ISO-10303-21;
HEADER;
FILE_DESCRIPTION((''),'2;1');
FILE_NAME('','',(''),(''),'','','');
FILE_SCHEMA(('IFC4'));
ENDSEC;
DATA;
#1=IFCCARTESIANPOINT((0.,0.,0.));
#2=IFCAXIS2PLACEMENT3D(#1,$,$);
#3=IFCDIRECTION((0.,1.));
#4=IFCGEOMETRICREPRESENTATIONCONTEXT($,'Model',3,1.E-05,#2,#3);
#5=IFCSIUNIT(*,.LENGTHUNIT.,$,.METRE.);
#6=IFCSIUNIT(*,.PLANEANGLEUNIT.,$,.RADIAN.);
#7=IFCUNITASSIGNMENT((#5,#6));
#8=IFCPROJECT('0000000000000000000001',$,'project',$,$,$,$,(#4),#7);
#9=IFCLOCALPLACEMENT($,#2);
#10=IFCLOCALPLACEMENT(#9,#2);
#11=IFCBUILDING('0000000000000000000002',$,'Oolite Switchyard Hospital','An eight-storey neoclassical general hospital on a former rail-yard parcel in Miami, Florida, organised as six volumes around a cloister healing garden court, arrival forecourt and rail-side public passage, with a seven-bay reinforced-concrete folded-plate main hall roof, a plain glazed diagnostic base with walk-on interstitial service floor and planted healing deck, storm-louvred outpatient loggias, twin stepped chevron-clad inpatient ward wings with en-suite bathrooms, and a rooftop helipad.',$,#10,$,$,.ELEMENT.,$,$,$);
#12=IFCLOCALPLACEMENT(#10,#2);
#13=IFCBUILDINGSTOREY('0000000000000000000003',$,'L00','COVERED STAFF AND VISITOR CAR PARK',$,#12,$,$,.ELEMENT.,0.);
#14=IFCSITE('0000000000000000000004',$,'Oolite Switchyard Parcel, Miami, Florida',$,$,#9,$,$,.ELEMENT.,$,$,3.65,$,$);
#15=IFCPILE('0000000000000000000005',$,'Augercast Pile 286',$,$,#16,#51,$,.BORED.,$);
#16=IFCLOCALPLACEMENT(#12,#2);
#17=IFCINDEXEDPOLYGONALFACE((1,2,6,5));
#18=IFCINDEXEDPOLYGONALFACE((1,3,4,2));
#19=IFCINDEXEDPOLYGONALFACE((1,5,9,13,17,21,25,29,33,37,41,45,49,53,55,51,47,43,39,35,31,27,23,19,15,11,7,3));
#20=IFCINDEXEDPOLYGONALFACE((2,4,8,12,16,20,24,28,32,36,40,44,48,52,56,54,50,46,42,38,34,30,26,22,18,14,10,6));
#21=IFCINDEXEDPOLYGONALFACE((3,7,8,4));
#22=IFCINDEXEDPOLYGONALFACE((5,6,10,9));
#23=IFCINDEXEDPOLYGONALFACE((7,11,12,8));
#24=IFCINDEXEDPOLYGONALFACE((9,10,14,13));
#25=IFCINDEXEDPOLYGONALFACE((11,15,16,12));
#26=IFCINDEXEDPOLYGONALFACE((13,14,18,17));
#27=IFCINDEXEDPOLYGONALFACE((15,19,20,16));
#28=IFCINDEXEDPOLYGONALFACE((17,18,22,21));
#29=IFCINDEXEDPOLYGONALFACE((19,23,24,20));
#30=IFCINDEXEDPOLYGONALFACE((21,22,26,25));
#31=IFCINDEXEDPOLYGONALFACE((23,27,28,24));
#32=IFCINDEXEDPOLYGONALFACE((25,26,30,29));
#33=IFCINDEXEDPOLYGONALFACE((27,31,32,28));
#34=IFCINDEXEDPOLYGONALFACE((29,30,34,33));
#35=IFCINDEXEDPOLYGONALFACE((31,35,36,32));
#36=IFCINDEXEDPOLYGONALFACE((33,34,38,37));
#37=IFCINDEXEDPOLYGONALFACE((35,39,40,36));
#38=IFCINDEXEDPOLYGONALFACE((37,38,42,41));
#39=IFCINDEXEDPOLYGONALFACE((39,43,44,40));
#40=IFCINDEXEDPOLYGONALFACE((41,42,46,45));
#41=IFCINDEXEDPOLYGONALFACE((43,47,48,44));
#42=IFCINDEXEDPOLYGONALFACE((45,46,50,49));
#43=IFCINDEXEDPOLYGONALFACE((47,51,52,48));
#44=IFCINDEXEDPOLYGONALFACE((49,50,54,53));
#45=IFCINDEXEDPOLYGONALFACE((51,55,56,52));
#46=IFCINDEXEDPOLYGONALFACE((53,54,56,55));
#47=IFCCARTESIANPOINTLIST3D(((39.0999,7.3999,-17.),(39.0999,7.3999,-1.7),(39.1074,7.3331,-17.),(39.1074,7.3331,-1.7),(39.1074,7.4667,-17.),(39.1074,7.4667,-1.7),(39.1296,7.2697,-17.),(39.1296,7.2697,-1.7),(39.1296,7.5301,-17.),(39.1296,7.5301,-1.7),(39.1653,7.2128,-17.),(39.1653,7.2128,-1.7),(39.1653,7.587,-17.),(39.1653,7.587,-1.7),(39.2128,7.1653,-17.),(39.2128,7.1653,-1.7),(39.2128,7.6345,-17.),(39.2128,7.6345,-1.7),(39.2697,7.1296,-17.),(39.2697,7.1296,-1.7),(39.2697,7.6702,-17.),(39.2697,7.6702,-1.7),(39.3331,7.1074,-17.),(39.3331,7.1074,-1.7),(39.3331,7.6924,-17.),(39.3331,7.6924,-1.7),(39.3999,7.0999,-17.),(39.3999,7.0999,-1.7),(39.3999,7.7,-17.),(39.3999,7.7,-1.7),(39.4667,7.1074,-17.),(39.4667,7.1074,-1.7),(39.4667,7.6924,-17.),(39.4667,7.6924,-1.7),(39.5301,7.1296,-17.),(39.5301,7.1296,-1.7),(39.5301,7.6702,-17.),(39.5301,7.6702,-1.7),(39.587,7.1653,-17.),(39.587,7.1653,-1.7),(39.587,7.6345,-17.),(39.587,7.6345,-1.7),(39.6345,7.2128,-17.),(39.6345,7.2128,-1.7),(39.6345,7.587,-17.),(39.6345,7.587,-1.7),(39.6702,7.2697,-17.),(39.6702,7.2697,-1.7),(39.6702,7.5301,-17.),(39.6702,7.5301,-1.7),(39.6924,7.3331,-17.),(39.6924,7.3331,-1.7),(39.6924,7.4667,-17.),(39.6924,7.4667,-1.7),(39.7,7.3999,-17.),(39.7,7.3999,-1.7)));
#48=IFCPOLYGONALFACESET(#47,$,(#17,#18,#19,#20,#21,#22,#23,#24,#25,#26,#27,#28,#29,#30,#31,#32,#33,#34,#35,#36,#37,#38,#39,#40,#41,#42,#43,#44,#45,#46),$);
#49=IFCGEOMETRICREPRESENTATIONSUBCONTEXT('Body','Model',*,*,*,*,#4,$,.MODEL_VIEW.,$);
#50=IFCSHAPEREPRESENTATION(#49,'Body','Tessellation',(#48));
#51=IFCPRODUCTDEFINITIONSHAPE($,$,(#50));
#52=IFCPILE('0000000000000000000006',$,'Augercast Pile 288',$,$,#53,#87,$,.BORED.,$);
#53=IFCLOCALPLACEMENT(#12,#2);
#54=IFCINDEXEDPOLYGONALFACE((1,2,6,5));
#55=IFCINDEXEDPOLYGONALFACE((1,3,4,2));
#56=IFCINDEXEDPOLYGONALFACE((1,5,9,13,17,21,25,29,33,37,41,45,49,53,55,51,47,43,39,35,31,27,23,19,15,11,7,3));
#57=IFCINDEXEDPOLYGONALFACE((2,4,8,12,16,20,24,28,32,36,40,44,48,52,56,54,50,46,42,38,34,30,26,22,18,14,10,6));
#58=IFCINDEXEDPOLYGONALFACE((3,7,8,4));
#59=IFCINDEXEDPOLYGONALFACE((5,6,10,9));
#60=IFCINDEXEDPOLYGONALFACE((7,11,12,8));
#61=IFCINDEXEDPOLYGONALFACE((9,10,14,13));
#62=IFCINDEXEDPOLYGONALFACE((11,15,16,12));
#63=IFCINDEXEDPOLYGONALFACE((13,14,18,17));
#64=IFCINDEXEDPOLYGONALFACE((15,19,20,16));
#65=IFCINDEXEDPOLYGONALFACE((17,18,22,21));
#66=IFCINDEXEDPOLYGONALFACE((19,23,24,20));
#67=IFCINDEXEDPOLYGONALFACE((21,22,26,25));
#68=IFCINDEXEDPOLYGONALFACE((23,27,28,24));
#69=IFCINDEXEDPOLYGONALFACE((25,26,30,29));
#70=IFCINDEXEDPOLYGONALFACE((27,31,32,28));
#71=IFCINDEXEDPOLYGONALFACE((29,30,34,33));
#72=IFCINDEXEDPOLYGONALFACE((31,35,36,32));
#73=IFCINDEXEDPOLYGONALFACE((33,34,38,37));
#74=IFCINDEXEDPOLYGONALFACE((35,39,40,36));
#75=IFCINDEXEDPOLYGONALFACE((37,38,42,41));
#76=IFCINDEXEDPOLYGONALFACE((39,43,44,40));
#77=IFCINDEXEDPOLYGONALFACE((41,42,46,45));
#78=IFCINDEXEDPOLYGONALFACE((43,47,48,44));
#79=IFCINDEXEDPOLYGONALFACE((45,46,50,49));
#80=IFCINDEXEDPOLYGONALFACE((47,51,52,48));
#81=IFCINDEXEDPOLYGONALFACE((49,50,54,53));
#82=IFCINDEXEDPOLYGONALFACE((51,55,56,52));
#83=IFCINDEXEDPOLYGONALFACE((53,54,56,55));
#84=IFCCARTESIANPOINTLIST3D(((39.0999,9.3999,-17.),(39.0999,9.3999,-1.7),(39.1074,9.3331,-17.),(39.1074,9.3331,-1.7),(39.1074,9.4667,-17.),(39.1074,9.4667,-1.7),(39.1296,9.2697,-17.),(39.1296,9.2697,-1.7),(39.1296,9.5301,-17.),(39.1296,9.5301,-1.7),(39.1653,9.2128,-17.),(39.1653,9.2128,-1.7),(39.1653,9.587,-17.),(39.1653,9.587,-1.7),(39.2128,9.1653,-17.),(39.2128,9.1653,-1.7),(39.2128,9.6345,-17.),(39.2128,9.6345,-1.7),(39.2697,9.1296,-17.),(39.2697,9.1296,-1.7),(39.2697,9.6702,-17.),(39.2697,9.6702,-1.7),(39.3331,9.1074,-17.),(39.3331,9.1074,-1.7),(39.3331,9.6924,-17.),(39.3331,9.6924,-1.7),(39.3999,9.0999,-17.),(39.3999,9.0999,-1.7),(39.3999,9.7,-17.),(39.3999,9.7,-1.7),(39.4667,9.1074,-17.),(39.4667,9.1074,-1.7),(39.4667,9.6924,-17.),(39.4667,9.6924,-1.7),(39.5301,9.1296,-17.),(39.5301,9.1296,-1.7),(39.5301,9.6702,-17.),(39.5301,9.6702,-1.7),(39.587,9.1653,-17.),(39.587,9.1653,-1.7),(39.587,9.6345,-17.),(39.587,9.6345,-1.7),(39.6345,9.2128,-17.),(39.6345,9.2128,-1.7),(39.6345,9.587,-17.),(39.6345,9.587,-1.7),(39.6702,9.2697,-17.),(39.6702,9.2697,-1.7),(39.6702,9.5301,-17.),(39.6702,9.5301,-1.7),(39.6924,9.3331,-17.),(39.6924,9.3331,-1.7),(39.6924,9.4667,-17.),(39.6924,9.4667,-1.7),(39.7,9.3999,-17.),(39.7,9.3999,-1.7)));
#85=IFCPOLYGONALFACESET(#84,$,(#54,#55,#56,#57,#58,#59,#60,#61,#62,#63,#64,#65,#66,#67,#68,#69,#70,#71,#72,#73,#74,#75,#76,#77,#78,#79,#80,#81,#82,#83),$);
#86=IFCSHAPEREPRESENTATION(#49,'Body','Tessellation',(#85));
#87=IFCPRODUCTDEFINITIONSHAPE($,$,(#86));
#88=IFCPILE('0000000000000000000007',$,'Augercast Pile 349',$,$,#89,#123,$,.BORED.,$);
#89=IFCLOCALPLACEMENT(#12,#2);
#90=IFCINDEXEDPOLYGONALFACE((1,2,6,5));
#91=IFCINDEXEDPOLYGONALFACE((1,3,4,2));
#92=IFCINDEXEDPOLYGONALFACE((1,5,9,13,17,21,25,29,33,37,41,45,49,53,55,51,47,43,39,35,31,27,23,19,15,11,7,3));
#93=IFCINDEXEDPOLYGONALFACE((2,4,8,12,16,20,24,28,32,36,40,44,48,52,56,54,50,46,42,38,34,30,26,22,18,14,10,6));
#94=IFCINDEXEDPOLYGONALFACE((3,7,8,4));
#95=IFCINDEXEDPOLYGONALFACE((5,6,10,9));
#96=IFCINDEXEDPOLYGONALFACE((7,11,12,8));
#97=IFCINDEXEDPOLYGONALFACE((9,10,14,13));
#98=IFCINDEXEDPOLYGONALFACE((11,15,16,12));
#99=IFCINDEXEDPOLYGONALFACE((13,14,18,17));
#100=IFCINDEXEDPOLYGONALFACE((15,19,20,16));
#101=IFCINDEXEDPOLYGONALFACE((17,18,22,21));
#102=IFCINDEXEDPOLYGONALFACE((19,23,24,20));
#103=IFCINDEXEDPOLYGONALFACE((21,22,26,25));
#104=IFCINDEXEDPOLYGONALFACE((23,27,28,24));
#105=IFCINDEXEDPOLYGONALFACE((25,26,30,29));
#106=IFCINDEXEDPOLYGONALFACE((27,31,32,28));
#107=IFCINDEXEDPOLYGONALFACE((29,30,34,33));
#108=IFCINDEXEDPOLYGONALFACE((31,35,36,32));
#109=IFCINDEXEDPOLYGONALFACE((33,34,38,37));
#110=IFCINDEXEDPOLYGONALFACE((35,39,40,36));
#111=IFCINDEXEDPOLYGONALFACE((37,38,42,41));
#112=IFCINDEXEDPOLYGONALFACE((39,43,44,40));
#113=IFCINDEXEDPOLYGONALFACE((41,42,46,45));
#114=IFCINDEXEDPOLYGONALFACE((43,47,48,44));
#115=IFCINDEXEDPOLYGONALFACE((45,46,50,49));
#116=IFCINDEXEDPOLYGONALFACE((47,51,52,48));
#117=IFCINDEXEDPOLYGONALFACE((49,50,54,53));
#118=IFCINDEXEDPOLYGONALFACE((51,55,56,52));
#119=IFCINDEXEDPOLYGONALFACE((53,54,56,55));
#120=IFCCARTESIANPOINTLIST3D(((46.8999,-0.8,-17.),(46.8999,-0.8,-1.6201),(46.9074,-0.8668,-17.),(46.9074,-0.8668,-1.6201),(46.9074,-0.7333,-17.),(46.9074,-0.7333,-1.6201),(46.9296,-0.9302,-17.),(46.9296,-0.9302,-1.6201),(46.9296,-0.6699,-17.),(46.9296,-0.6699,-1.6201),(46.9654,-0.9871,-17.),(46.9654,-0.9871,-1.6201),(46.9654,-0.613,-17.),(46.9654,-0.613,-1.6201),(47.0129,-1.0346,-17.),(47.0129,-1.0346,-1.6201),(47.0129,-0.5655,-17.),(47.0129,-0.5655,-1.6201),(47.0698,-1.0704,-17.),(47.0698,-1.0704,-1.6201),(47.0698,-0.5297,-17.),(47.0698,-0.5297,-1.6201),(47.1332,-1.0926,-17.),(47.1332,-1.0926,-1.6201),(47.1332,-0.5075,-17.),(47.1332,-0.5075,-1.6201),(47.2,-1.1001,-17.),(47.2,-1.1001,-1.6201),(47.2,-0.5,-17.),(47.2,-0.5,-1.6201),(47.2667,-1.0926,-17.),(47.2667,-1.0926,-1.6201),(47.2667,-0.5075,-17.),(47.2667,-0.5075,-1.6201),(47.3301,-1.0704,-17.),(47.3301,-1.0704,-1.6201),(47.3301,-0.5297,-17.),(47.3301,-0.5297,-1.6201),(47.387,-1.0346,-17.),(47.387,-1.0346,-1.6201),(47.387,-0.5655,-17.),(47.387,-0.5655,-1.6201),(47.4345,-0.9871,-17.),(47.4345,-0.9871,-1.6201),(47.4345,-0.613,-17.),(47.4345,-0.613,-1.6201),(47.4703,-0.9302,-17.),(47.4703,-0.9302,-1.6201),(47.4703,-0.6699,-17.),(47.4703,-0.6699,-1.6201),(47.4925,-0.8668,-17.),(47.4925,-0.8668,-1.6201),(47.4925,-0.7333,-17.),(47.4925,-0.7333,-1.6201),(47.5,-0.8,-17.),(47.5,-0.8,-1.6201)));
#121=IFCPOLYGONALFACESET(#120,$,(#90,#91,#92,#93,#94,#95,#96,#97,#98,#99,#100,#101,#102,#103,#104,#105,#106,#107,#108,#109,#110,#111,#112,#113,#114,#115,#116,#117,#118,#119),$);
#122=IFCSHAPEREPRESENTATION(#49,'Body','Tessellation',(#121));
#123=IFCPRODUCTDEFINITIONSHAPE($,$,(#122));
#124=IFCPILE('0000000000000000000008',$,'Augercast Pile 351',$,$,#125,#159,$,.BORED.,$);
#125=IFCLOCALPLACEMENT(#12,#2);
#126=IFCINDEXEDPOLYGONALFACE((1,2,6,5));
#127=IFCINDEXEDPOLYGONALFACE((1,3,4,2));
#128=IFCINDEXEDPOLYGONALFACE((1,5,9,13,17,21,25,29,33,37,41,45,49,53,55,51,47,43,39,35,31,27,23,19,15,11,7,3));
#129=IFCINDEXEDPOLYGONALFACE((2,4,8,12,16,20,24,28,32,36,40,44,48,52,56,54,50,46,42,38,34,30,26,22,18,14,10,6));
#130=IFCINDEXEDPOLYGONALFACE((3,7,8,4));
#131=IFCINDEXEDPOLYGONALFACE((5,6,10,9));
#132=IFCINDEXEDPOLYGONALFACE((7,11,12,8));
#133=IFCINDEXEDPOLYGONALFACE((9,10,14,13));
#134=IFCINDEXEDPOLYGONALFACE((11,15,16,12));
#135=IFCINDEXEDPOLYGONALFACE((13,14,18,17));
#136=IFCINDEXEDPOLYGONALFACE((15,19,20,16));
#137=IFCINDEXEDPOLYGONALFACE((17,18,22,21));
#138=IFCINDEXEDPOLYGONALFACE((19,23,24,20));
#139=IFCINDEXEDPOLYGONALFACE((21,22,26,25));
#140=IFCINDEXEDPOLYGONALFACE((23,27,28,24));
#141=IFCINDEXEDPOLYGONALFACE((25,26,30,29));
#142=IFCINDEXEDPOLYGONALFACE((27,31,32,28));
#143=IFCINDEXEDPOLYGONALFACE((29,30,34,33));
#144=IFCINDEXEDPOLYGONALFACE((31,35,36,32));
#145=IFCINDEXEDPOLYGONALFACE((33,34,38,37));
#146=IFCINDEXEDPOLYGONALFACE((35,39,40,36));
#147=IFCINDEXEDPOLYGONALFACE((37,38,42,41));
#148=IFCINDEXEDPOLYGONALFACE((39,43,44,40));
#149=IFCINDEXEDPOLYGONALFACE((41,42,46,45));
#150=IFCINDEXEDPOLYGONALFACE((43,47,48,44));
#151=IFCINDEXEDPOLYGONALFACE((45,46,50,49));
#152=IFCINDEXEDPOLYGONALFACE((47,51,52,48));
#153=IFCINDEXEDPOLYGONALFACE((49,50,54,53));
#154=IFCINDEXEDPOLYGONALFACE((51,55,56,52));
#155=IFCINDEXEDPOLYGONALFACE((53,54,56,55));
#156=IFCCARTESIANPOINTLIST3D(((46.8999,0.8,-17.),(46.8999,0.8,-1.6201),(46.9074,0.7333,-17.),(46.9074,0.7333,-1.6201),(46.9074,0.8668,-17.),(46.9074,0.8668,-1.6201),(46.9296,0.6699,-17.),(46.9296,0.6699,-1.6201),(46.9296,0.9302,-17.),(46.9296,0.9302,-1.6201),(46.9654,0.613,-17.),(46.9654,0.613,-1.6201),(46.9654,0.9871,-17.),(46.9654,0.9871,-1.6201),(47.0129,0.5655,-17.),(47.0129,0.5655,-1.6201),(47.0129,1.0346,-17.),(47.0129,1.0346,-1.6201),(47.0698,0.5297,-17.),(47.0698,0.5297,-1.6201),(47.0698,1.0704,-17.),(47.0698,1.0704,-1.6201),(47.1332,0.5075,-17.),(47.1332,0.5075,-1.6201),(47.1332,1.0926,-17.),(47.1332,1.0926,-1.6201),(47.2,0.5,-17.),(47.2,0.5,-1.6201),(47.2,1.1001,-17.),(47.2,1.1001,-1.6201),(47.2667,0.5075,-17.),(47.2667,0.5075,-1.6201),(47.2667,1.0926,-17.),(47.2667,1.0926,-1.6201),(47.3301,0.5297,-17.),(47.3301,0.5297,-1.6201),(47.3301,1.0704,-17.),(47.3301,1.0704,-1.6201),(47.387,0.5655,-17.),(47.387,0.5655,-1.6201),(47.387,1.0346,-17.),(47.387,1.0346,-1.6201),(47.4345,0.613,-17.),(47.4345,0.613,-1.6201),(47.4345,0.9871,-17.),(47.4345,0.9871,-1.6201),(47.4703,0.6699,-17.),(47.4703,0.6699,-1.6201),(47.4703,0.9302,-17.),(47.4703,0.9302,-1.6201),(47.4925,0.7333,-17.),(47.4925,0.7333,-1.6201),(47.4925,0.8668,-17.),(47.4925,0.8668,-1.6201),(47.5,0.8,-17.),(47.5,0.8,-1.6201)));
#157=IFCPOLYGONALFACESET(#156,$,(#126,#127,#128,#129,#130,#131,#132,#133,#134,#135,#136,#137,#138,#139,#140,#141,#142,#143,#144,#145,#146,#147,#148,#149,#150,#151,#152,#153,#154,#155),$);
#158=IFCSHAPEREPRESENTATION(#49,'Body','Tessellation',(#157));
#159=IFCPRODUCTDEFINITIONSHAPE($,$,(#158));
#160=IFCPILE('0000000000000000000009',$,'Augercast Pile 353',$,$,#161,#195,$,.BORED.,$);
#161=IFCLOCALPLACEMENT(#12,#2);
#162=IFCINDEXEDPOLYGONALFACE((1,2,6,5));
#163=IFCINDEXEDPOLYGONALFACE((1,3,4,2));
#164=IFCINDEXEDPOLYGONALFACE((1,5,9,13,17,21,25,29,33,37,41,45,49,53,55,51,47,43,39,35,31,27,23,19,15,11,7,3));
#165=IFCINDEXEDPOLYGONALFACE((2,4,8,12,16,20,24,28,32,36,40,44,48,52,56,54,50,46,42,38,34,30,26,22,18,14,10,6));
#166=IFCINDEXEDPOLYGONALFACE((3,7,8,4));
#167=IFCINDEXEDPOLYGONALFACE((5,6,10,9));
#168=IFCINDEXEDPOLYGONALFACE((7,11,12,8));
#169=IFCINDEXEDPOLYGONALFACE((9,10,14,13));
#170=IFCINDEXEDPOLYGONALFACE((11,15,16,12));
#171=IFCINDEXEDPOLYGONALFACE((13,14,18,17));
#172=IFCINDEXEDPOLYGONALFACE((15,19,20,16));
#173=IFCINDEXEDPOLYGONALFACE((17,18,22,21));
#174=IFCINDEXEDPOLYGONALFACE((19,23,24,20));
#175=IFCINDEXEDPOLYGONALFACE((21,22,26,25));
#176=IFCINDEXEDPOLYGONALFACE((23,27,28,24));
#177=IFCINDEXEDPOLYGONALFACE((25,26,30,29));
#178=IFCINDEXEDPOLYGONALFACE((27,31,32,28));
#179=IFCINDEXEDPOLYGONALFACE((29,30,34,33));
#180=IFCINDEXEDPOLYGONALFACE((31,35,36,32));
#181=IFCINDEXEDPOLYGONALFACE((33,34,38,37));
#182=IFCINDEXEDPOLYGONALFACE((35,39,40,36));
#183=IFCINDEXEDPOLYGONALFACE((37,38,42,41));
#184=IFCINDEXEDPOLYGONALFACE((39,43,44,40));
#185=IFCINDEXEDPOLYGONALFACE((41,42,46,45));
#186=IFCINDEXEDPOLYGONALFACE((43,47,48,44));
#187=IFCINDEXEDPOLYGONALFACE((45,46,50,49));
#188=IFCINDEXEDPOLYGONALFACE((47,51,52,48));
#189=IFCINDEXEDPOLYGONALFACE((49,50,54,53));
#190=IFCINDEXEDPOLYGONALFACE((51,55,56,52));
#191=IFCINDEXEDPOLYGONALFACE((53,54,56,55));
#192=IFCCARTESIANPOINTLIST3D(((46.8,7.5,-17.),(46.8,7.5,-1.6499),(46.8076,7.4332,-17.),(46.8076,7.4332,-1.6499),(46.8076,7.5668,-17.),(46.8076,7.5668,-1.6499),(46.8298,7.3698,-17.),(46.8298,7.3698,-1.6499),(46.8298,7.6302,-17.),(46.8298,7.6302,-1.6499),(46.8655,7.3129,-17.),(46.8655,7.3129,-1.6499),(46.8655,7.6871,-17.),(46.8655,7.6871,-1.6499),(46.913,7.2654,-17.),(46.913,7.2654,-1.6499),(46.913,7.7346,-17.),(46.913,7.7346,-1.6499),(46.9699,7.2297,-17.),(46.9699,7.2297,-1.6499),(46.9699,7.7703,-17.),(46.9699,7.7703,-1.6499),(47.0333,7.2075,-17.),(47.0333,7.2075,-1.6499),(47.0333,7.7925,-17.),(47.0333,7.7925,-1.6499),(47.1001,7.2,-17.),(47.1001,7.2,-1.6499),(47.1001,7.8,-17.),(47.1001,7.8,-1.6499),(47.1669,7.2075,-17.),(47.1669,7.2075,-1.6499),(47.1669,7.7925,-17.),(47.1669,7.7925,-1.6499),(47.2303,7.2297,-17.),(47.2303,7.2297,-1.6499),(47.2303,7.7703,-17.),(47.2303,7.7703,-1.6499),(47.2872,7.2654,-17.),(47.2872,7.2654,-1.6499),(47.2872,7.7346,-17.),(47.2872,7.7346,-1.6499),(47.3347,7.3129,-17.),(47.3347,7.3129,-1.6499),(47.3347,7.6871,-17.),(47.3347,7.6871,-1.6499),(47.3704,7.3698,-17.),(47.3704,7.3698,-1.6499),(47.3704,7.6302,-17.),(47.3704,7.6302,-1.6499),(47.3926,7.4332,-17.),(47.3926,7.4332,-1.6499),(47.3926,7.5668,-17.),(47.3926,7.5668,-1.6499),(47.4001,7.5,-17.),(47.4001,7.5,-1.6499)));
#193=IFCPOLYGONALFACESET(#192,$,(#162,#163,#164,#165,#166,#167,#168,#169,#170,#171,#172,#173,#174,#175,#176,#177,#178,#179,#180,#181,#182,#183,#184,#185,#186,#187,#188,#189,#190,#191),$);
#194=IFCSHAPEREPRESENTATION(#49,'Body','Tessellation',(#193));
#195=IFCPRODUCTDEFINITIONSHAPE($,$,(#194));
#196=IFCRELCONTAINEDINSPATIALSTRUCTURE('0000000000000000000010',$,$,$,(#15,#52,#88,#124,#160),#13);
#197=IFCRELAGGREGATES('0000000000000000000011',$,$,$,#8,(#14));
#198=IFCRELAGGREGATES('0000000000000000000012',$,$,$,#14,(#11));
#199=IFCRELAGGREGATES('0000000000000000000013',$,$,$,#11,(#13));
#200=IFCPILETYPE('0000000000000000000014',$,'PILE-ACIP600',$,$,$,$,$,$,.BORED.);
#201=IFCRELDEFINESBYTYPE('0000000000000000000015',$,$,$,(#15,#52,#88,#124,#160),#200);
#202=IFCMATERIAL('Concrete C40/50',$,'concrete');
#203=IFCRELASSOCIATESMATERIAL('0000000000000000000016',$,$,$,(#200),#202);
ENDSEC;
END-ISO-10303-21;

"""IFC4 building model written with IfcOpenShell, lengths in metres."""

from ifc_helpers import new_model, si_unit, direction, frame, origin, origin_2d, place, context, subcontext, project, spatial, circle, extrude, material, material_profile, profile_set, type_object, element, save


model = new_model("IFC4")

# Units and contexts
model_context = context("Model", 3, precision=1e-05, world=origin(), true_north=direction((0.0, 1.0)))
body_context = subcontext(model_context, "Body", "Model", "MODEL_VIEW")
ifc_project = project(units=[si_unit("LENGTHUNIT", "METRE"), si_unit("PLANEANGLEUNIT", "RADIAN")], contexts=[model_context])

# Site, building, storey
site_placement = place(None, origin())
site = spatial("IfcSite", under=ifc_project, at=site_placement, Name="Oolite Switchyard Parcel, Miami, Florida", CompositionType="ELEMENT", RefElevation=3.65)
building_placement = place(site_placement, origin())
building = spatial("IfcBuilding", under=site, at=building_placement, Name="Oolite Switchyard Hospital", Description="An eight-storey neoclassical general hospital on a former rail-yard parcel in Miami, Florida, organised as six volumes around a cloister healing garden court, arrival forecourt and rail-side public passage, with a seven-bay reinforced-concrete folded-plate main hall roof, a plain glazed diagnostic base with walk-on interstitial service floor and planted healing deck, storm-louvred outpatient loggias, twin stepped chevron-clad inpatient ward wings with en-suite bathrooms, and a rooftop helipad.", CompositionType="ELEMENT")
storey_placement = place(building_placement, origin())
storey = spatial("IfcBuildingStorey", under=building, at=storey_placement, Name="L00", Description="COVERED STAFF AND VISITOR CAR PARK", CompositionType="ELEMENT", Elevation=0.0)

# Shared definitions
ifc_material_1 = material(Name="Concrete C40/50", Category="concrete")

# Piles
ifc_material_profile_1 = material_profile(ifc_material_1, circle(Radius=0.3, at=origin_2d()), Name="PILE600")
ifc_profile_set_1 = profile_set([ifc_material_profile_1], Name="Concrete C40/50")
pile_type = type_object("IfcPileType", Name="PILE-ACIP600", PredefinedType="BORED", material=ifc_profile_set_1)
for number, where, z_axis, x_axis, name in (
    (1, (39.3999, 7.3999, -1.7), (0.0, 0.0, -1.0), (1.0, 0.0, 0.0), "Augercast Pile 286"),
    (2, (39.3999, 9.3999, -1.7), (0.0, 0.0, -1.0), (1.0, 0.0, 0.0), "Augercast Pile 288"),
):
    element("IfcPile", number, at=place(storey_placement, frame(where, z_axis=z_axis, x_axis=x_axis)), inside=storey, type_object=pile_type, Name=name, PredefinedType="BORED", context=body_context, shape_type="SweptSolid", body=[
        extrude(circle(Radius=0.3, at=origin_2d()), origin(), (0.0, 0.0, 1.0), 15.3),
    ])
for number, where, z_axis, x_axis, name in (
    (3, (47.2, -0.8, -1.6201), (0.0, 0.0, -1.0), (1.0, 0.0, 0.0), "Augercast Pile 349"),
    (4, (47.2, 0.8, -1.6201), (0.0, 0.0, -1.0), (1.0, 0.0, 0.0), "Augercast Pile 351"),
):
    element("IfcPile", number, at=place(storey_placement, frame(where, z_axis=z_axis, x_axis=x_axis)), inside=storey, type_object=pile_type, Name=name, PredefinedType="BORED", context=body_context, shape_type="SweptSolid", body=[
        extrude(circle(Radius=0.3, at=origin_2d()), origin(), (0.0, 0.0, 1.0), 15.3799),
    ])
for number, where, z_axis, x_axis, name in (
    (5, (47.1001, 7.5, -1.6499), (0.0, 0.0, -1.0), (1.0, 0.0, 0.0), "Augercast Pile 353"),
):
    element("IfcPile", number, at=place(storey_placement, frame(where, z_axis=z_axis, x_axis=x_axis)), inside=storey, type_object=pile_type, Name=name, PredefinedType="BORED", context=body_context, shape_type="SweptSolid", body=[
        extrude(circle(Radius=0.3, at=origin_2d()), origin(), (0.0, 0.0, 1.0), 15.3501),
    ])

save(model, "model.ifc")
